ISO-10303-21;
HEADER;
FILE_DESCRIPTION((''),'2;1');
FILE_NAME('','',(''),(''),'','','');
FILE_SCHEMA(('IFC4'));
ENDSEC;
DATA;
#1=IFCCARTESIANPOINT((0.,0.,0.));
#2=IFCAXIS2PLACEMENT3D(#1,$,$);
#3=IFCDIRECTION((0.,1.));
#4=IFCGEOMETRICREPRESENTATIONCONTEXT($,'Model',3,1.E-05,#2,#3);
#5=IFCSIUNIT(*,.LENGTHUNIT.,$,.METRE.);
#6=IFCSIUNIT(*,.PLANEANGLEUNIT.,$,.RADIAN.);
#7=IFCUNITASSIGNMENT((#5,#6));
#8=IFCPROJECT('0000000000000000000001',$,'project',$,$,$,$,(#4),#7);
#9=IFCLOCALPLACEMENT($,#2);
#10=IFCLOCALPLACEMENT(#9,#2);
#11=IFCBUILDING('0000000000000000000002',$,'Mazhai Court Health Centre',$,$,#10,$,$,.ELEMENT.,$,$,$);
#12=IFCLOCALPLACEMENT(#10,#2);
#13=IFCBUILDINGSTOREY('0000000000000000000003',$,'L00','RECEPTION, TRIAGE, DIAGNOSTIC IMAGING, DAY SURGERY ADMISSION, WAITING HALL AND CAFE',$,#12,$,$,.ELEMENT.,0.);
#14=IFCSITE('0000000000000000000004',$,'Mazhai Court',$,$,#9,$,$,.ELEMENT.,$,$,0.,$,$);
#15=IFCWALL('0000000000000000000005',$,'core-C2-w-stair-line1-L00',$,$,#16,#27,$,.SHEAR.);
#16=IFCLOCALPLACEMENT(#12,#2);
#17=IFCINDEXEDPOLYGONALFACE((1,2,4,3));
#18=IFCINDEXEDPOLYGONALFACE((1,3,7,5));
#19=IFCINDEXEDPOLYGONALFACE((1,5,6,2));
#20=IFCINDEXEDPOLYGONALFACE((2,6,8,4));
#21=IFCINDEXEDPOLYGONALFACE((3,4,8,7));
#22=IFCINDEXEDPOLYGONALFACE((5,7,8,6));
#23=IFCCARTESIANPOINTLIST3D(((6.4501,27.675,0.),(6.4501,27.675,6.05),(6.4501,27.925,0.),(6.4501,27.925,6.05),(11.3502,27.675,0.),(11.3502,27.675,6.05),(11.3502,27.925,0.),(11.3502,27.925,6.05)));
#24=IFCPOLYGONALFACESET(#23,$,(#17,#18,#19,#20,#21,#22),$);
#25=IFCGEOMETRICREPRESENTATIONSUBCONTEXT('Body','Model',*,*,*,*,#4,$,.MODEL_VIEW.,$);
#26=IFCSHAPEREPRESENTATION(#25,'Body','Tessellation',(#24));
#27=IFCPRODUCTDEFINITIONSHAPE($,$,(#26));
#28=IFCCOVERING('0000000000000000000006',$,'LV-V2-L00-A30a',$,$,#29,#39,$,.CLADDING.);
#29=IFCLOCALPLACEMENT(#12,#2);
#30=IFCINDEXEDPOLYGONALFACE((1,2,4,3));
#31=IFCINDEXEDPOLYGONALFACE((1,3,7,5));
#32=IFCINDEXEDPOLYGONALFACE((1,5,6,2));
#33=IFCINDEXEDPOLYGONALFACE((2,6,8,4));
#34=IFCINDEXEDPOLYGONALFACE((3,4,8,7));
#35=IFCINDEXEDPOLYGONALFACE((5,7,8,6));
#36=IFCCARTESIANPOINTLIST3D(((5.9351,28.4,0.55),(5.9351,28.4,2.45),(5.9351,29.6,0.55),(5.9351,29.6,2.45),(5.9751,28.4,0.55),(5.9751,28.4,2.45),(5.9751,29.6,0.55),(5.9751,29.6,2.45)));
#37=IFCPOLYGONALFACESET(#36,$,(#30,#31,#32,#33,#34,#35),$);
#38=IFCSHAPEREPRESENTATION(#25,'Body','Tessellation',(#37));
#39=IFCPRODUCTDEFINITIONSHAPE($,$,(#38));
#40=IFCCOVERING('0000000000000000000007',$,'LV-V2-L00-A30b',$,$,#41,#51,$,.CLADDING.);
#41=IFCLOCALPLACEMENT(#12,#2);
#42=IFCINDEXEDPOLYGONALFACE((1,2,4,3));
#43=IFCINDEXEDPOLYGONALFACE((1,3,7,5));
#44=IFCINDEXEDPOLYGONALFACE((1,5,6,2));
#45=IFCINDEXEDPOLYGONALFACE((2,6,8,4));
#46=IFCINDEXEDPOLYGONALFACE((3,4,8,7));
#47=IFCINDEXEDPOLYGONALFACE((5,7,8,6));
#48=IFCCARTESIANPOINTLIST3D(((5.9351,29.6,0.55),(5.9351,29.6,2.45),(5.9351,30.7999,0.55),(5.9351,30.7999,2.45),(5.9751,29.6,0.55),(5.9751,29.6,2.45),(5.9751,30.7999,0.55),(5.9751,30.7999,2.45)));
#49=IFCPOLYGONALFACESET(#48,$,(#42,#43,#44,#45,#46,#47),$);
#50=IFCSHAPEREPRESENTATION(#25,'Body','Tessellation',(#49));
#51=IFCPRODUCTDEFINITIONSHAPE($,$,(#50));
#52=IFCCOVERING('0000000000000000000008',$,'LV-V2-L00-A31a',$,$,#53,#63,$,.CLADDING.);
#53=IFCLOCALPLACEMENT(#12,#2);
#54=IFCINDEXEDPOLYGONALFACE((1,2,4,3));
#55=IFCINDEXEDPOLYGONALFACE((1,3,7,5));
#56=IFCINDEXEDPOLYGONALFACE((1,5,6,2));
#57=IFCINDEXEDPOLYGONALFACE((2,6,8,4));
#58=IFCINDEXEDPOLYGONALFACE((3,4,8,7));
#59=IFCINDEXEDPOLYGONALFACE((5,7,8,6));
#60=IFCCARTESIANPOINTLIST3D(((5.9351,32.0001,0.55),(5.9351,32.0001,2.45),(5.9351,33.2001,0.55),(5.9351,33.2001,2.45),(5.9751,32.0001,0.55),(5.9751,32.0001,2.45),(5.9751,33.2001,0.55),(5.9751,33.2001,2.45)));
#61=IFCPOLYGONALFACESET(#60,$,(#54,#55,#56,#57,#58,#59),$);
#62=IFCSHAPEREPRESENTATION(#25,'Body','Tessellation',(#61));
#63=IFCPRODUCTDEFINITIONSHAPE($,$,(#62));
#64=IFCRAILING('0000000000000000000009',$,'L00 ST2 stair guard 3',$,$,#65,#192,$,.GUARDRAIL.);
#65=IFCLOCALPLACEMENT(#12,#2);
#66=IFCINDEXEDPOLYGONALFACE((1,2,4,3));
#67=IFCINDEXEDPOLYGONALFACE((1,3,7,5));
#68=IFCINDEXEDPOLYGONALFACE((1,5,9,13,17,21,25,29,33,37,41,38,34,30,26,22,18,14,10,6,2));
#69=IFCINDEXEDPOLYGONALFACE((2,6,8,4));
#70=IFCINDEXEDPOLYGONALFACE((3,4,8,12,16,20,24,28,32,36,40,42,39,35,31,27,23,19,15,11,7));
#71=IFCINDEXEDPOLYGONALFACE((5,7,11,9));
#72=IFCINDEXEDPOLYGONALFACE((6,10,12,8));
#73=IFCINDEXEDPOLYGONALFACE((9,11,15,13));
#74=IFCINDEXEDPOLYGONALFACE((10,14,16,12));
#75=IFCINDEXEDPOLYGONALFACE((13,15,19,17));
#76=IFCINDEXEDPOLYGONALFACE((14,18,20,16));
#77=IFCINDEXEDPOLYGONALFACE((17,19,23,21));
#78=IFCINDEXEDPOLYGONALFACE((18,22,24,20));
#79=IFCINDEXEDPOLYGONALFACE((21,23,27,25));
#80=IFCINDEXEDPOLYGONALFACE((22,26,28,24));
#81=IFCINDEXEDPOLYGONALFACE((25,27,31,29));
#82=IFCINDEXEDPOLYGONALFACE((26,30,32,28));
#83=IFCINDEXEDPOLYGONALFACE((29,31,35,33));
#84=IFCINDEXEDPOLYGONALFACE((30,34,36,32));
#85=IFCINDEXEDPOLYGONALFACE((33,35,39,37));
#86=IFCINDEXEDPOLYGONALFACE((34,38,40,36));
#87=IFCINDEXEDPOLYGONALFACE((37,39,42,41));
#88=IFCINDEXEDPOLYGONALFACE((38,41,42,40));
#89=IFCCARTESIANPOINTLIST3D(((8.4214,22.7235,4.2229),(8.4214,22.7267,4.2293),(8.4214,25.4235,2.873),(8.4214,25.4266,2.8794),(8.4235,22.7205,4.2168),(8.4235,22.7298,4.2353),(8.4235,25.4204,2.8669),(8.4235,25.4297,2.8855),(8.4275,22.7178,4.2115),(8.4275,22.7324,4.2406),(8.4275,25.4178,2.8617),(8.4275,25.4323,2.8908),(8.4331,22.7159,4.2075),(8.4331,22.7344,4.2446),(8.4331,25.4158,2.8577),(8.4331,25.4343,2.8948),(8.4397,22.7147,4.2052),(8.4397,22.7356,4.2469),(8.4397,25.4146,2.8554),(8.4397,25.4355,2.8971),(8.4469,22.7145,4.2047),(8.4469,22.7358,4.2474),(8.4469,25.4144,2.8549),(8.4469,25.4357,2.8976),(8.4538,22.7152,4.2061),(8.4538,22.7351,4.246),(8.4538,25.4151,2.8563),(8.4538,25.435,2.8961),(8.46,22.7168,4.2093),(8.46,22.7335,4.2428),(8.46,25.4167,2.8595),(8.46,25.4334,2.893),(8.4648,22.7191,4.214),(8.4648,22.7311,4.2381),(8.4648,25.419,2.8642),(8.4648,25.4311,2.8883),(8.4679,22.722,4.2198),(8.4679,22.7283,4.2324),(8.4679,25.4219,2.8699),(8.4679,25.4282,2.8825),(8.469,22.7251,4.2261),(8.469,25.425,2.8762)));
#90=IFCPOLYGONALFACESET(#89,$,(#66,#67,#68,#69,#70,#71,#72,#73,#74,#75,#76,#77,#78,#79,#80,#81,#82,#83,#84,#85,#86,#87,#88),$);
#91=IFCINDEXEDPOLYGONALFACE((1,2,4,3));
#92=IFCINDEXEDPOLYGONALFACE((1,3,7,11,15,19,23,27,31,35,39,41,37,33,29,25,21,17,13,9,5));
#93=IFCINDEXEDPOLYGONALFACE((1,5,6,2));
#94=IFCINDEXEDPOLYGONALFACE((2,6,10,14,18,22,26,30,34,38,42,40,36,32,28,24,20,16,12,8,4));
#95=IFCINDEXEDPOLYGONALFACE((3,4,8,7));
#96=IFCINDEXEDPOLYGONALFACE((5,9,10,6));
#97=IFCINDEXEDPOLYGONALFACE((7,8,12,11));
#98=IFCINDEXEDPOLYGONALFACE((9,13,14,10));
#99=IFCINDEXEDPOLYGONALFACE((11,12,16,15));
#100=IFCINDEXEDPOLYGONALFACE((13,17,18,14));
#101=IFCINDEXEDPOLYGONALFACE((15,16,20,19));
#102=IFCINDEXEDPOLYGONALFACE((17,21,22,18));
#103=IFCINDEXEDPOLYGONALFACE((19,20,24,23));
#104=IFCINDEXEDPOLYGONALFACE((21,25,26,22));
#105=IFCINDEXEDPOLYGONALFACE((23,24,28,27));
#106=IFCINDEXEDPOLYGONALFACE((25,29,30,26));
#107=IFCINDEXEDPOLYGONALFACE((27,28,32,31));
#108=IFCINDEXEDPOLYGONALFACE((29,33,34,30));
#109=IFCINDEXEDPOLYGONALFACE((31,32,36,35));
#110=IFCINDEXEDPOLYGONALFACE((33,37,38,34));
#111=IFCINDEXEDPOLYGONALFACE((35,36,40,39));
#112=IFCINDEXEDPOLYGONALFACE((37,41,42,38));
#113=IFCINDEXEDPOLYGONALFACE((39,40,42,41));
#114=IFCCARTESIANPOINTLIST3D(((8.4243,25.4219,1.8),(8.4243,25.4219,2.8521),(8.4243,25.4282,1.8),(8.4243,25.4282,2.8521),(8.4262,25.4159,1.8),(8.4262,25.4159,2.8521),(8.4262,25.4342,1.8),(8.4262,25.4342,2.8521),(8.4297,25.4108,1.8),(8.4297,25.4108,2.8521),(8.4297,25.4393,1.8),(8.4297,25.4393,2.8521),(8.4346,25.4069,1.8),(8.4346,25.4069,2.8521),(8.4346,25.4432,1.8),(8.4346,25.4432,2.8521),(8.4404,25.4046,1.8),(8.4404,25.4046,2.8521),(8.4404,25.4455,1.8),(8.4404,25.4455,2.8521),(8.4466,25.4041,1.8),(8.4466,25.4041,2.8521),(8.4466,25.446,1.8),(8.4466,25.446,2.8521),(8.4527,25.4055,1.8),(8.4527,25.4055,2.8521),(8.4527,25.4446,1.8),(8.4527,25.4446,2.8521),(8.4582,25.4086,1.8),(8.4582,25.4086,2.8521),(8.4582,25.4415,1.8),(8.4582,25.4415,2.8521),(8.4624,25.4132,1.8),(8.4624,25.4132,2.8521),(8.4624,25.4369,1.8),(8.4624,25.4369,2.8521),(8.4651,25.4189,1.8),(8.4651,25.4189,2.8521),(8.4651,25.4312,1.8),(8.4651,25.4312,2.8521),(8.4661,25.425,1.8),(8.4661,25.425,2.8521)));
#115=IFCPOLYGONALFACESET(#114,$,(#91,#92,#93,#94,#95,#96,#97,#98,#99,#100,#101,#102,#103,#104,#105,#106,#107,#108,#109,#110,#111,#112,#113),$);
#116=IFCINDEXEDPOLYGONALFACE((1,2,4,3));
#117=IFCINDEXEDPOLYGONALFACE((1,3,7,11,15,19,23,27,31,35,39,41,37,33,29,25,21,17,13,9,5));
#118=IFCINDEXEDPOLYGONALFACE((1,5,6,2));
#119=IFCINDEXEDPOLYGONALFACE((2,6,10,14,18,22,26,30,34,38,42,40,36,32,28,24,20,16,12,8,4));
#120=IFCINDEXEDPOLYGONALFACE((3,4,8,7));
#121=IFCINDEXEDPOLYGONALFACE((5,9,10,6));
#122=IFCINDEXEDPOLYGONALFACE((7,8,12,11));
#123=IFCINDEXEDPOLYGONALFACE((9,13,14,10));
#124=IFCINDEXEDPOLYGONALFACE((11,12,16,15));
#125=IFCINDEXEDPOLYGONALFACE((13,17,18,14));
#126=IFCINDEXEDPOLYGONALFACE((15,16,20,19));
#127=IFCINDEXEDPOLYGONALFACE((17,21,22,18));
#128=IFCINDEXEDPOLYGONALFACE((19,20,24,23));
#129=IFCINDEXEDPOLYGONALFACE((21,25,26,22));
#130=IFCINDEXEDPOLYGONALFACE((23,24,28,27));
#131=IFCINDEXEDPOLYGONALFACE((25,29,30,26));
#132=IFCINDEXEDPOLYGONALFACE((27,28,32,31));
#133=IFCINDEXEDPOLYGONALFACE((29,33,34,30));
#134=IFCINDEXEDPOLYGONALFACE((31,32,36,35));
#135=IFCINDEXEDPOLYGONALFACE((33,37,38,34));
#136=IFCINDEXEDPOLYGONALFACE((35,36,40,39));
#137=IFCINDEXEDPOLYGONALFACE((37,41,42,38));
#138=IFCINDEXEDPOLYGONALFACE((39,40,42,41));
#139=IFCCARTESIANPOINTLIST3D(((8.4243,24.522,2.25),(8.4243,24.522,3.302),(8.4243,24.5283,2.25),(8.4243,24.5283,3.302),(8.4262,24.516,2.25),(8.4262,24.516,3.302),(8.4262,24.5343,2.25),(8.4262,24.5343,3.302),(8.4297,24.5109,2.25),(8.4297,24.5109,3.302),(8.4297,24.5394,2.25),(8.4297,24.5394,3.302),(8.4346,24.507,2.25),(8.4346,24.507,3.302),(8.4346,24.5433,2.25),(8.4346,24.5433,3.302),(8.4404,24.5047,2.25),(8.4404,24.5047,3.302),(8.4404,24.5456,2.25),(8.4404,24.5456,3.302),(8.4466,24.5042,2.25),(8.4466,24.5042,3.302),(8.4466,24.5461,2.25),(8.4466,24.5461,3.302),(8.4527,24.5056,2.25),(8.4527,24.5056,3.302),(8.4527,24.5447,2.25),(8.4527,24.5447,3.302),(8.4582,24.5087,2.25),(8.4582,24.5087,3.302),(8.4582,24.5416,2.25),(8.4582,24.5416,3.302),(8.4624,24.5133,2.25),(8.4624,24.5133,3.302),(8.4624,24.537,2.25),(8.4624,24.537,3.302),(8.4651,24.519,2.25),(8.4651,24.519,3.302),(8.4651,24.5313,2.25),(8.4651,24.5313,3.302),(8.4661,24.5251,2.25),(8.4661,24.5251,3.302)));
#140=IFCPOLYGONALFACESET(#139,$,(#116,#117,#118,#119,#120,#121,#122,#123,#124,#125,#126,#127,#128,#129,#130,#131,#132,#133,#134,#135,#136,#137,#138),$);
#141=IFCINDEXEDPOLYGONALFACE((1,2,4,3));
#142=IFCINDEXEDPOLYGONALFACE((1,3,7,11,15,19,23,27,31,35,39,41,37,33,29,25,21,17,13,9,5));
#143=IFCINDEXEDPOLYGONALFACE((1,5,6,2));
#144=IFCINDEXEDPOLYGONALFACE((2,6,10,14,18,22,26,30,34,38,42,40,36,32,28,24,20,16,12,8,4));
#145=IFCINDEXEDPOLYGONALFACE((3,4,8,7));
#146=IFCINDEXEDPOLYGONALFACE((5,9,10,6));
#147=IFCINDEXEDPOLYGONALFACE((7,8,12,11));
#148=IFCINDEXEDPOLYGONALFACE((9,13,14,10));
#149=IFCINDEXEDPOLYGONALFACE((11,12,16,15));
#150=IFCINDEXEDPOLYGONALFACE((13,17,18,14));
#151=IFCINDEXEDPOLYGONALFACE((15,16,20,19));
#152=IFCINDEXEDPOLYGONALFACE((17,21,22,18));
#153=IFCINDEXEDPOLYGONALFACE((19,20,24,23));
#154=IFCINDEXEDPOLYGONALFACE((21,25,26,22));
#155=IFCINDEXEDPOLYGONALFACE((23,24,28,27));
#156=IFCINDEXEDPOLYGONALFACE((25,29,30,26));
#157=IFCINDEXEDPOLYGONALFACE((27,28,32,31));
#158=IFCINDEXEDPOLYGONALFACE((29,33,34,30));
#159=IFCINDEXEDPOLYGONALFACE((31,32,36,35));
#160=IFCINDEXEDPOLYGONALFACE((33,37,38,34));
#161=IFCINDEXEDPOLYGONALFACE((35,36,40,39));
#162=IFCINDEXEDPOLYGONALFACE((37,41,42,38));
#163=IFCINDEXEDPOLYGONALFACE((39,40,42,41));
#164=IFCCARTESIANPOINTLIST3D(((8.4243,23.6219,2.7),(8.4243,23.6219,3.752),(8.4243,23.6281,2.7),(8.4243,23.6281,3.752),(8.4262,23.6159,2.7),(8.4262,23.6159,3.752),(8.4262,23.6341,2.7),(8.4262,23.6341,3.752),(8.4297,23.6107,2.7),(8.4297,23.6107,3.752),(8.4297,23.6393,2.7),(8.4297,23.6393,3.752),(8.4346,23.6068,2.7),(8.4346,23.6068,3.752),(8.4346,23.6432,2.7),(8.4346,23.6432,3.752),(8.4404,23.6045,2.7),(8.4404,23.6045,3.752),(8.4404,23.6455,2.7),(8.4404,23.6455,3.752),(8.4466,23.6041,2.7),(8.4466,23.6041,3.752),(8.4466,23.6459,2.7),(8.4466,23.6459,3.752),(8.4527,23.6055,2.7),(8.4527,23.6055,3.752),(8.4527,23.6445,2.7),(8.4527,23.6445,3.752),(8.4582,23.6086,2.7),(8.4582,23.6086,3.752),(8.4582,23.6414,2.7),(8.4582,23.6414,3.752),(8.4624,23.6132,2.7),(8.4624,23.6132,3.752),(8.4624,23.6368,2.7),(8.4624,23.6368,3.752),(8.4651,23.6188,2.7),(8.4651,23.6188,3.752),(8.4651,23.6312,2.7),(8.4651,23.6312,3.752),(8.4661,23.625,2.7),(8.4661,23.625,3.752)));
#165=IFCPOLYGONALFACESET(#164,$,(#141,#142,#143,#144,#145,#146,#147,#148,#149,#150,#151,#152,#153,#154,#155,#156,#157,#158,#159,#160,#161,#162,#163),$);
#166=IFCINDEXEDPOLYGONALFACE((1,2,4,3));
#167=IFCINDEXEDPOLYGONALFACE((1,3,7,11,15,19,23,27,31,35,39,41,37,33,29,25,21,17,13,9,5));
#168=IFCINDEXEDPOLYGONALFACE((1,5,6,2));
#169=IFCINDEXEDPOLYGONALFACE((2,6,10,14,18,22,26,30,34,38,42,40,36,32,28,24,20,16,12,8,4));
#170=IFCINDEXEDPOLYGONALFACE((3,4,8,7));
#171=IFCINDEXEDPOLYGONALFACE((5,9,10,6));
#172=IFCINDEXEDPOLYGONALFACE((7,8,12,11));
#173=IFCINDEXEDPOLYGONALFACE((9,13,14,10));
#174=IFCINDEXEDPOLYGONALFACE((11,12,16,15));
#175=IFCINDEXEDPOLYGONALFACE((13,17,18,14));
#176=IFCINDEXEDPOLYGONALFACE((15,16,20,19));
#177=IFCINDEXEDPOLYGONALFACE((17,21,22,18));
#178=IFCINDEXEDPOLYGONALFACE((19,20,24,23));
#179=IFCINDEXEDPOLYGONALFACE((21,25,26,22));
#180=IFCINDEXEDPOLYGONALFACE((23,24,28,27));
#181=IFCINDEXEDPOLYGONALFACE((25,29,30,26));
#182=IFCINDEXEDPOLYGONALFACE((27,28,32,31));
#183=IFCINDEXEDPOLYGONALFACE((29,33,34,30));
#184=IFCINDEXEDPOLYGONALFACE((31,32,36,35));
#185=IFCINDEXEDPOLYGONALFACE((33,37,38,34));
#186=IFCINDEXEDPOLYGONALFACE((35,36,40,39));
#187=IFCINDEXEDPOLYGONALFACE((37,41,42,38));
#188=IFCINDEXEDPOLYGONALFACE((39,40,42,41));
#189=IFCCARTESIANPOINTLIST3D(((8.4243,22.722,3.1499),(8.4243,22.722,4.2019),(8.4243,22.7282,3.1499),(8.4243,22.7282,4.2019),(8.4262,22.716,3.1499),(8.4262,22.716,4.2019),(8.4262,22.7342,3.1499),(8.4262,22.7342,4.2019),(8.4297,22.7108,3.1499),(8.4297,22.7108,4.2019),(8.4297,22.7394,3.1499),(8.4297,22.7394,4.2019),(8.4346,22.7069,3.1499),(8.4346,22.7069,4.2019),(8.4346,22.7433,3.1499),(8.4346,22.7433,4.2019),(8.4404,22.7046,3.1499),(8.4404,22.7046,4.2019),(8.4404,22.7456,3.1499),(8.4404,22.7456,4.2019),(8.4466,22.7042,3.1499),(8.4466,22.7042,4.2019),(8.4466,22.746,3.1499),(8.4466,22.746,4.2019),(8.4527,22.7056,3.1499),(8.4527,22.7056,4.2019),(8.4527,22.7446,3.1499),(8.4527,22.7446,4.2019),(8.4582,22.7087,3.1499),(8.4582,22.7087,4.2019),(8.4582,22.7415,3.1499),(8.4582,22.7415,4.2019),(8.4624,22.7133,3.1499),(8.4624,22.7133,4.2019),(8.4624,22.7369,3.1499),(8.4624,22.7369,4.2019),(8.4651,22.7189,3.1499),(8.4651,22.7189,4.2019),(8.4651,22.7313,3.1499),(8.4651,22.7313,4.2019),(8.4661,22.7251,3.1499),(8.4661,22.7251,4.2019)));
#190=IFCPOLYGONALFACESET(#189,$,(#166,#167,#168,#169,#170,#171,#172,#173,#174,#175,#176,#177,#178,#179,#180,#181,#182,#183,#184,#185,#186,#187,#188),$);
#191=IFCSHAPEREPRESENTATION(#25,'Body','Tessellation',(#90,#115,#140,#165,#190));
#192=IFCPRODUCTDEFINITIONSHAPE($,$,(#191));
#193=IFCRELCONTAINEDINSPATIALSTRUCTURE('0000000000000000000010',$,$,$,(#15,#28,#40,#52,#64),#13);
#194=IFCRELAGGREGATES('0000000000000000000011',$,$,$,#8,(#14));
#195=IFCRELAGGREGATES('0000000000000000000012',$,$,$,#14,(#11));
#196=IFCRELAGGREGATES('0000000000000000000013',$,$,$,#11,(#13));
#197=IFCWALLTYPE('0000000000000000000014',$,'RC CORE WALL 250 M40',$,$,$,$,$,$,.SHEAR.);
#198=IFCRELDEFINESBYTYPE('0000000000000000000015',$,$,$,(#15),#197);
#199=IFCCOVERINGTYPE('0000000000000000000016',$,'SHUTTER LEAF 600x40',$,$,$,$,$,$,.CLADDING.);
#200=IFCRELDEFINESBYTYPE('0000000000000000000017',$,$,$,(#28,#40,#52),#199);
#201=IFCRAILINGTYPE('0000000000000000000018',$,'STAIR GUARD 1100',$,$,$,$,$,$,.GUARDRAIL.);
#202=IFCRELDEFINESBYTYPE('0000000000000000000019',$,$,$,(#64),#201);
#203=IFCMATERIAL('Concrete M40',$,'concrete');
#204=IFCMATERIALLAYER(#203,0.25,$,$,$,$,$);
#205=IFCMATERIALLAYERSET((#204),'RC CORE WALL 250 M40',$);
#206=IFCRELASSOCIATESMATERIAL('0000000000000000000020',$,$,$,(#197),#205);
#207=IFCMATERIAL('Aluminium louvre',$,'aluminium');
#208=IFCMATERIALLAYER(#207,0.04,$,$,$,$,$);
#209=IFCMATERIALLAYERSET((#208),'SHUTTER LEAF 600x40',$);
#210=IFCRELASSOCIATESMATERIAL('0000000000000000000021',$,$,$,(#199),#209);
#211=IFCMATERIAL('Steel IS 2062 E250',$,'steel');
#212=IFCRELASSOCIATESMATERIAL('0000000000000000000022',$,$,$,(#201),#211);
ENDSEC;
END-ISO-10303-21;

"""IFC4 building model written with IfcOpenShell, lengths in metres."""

from ifc_helpers import new_model, si_unit, direction, frame, frame_2d, origin, origin_2d, place, context, subcontext, project, spatial, rectangle, circle, extrude, material, layer, layer_set, type_object, element, save


model = new_model("IFC4")

# Units and contexts
model_context = context("Model", 3, precision=1e-05, world=origin(), true_north=direction((0.0, 1.0)))
body_context = subcontext(model_context, "Body", "Model", "MODEL_VIEW")
ifc_project = project(units=[si_unit("LENGTHUNIT", "METRE"), si_unit("PLANEANGLEUNIT", "RADIAN")], contexts=[model_context])

# Site, building, storey
site_placement = place(None, origin())
site = spatial("IfcSite", under=ifc_project, at=site_placement, Name="Mazhai Court", CompositionType="ELEMENT", RefElevation=0.0)
building_placement = place(site_placement, origin())
building = spatial("IfcBuilding", under=site, at=building_placement, Name="Mazhai Court Health Centre", CompositionType="ELEMENT")
storey_placement = place(building_placement, origin())
storey = spatial("IfcBuildingStorey", under=building, at=storey_placement, Name="L00", Description="RECEPTION, TRIAGE, DIAGNOSTIC IMAGING, DAY SURGERY ADMISSION, WAITING HALL AND CAFE", CompositionType="ELEMENT", Elevation=0.0)

# Wall
ifc_material_1 = material(Name="Concrete M40", Category="concrete")
ifc_layer_1 = layer(ifc_material_1, 0.25)
ifc_layer_set_1 = layer_set([ifc_layer_1], Name="RC CORE WALL 250 M40")
wall_type_1 = type_object("IfcWallType", Name="RC CORE WALL 250 M40", PredefinedType="SHEAR", material=ifc_layer_set_1)
wall_1_placement = place(storey_placement, frame((6.45, 27.8, 0.0), z_axis=(0.0, 0.0, 1.0), x_axis=(1.0, 0.0, 0.0)))
element("IfcWall", 1, at=wall_1_placement, inside=storey, type_object=wall_type_1, Name="core-C2-w-stair-line1-L00", PredefinedType="SHEAR", context=body_context, shape_type="SweptSolid", body=[
    extrude(rectangle(XDim=4.9001, YDim=0.25, at=frame_2d((2.4502, 0.0))), origin(), (0.0, 0.0, 1.0), 6.05),
])

# Coverings
ifc_material_2 = material(Name="Aluminium louvre", Category="aluminium")
ifc_layer_2 = layer(ifc_material_2, 0.04)
ifc_layer_set_2 = layer_set([ifc_layer_2], Name="SHUTTER LEAF 600x40")
covering_type = type_object("IfcCoveringType", Name="SHUTTER LEAF 600x40", PredefinedType="CLADDING", material=ifc_layer_set_2)
for number, where, z_axis, x_axis, name in (
    (2, (5.9551, 29.0, 0.55), (0.0, 0.0, 1.0), (0.0, 1.0, 0.0), "LV-V2-L00-A30a"),
    (3, (5.9551, 30.2, 0.55), (0.0, 0.0, 1.0), (0.0, 1.0, 0.0), "LV-V2-L00-A30b"),
    (4, (5.9551, 32.6001, 0.55), (0.0, 0.0, 1.0), (0.0, 1.0, 0.0), "LV-V2-L00-A31a"),
):
    element("IfcCovering", number, at=place(storey_placement, frame(where, z_axis=z_axis, x_axis=x_axis)), inside=storey, type_object=covering_type, Name=name, PredefinedType="CLADDING", context=body_context, shape_type="SweptSolid", body=[
        extrude(rectangle(XDim=1.2, YDim=0.04, at=origin_2d()), origin(), (0.0, 0.0, 1.0), 1.8999),
    ])

# Railing
ifc_material_3 = material(Name="Steel IS 2062 E250", Category="steel")
railing_type_1 = type_object("IfcRailingType", Name="STAIR GUARD 1100", PredefinedType="GUARDRAIL", material=ifc_material_3)
railing_1_placement = place(storey_placement, frame((8.4451, 25.425, 1.8)))
element("IfcRailing", 5, at=railing_1_placement, inside=storey, type_object=railing_type_1, Name="L00 ST2 stair guard 3", PredefinedType="GUARDRAIL", context=body_context, shape_type="SweptSolid", body=[
    extrude(circle(Radius=0.0239, at=origin_2d()), frame((0.0, 0.0, 1.0762), z_axis=(0.0, -0.894443, 0.447181), x_axis=(1.0, 0.0, 0.0)), (0.0, 0.0, 1.0), 3.0186),
    extrude(circle(Radius=0.021, at=origin_2d()), origin(), (0.0, 0.0, 1.0), 1.052),
    extrude(circle(Radius=0.021, at=origin_2d()), frame((0.0, -0.8999, 0.45)), (0.0, 0.0, 1.0), 1.052),
    extrude(circle(Radius=0.021, at=origin_2d()), frame((0.0, -1.8, 0.8999)), (0.0, 0.0, 1.0), 1.052),
    extrude(circle(Radius=0.021, at=origin_2d()), frame((0.0, -2.7, 1.3499)), (0.0, 0.0, 1.0), 1.052),
])

save(model, "model.ifc")
